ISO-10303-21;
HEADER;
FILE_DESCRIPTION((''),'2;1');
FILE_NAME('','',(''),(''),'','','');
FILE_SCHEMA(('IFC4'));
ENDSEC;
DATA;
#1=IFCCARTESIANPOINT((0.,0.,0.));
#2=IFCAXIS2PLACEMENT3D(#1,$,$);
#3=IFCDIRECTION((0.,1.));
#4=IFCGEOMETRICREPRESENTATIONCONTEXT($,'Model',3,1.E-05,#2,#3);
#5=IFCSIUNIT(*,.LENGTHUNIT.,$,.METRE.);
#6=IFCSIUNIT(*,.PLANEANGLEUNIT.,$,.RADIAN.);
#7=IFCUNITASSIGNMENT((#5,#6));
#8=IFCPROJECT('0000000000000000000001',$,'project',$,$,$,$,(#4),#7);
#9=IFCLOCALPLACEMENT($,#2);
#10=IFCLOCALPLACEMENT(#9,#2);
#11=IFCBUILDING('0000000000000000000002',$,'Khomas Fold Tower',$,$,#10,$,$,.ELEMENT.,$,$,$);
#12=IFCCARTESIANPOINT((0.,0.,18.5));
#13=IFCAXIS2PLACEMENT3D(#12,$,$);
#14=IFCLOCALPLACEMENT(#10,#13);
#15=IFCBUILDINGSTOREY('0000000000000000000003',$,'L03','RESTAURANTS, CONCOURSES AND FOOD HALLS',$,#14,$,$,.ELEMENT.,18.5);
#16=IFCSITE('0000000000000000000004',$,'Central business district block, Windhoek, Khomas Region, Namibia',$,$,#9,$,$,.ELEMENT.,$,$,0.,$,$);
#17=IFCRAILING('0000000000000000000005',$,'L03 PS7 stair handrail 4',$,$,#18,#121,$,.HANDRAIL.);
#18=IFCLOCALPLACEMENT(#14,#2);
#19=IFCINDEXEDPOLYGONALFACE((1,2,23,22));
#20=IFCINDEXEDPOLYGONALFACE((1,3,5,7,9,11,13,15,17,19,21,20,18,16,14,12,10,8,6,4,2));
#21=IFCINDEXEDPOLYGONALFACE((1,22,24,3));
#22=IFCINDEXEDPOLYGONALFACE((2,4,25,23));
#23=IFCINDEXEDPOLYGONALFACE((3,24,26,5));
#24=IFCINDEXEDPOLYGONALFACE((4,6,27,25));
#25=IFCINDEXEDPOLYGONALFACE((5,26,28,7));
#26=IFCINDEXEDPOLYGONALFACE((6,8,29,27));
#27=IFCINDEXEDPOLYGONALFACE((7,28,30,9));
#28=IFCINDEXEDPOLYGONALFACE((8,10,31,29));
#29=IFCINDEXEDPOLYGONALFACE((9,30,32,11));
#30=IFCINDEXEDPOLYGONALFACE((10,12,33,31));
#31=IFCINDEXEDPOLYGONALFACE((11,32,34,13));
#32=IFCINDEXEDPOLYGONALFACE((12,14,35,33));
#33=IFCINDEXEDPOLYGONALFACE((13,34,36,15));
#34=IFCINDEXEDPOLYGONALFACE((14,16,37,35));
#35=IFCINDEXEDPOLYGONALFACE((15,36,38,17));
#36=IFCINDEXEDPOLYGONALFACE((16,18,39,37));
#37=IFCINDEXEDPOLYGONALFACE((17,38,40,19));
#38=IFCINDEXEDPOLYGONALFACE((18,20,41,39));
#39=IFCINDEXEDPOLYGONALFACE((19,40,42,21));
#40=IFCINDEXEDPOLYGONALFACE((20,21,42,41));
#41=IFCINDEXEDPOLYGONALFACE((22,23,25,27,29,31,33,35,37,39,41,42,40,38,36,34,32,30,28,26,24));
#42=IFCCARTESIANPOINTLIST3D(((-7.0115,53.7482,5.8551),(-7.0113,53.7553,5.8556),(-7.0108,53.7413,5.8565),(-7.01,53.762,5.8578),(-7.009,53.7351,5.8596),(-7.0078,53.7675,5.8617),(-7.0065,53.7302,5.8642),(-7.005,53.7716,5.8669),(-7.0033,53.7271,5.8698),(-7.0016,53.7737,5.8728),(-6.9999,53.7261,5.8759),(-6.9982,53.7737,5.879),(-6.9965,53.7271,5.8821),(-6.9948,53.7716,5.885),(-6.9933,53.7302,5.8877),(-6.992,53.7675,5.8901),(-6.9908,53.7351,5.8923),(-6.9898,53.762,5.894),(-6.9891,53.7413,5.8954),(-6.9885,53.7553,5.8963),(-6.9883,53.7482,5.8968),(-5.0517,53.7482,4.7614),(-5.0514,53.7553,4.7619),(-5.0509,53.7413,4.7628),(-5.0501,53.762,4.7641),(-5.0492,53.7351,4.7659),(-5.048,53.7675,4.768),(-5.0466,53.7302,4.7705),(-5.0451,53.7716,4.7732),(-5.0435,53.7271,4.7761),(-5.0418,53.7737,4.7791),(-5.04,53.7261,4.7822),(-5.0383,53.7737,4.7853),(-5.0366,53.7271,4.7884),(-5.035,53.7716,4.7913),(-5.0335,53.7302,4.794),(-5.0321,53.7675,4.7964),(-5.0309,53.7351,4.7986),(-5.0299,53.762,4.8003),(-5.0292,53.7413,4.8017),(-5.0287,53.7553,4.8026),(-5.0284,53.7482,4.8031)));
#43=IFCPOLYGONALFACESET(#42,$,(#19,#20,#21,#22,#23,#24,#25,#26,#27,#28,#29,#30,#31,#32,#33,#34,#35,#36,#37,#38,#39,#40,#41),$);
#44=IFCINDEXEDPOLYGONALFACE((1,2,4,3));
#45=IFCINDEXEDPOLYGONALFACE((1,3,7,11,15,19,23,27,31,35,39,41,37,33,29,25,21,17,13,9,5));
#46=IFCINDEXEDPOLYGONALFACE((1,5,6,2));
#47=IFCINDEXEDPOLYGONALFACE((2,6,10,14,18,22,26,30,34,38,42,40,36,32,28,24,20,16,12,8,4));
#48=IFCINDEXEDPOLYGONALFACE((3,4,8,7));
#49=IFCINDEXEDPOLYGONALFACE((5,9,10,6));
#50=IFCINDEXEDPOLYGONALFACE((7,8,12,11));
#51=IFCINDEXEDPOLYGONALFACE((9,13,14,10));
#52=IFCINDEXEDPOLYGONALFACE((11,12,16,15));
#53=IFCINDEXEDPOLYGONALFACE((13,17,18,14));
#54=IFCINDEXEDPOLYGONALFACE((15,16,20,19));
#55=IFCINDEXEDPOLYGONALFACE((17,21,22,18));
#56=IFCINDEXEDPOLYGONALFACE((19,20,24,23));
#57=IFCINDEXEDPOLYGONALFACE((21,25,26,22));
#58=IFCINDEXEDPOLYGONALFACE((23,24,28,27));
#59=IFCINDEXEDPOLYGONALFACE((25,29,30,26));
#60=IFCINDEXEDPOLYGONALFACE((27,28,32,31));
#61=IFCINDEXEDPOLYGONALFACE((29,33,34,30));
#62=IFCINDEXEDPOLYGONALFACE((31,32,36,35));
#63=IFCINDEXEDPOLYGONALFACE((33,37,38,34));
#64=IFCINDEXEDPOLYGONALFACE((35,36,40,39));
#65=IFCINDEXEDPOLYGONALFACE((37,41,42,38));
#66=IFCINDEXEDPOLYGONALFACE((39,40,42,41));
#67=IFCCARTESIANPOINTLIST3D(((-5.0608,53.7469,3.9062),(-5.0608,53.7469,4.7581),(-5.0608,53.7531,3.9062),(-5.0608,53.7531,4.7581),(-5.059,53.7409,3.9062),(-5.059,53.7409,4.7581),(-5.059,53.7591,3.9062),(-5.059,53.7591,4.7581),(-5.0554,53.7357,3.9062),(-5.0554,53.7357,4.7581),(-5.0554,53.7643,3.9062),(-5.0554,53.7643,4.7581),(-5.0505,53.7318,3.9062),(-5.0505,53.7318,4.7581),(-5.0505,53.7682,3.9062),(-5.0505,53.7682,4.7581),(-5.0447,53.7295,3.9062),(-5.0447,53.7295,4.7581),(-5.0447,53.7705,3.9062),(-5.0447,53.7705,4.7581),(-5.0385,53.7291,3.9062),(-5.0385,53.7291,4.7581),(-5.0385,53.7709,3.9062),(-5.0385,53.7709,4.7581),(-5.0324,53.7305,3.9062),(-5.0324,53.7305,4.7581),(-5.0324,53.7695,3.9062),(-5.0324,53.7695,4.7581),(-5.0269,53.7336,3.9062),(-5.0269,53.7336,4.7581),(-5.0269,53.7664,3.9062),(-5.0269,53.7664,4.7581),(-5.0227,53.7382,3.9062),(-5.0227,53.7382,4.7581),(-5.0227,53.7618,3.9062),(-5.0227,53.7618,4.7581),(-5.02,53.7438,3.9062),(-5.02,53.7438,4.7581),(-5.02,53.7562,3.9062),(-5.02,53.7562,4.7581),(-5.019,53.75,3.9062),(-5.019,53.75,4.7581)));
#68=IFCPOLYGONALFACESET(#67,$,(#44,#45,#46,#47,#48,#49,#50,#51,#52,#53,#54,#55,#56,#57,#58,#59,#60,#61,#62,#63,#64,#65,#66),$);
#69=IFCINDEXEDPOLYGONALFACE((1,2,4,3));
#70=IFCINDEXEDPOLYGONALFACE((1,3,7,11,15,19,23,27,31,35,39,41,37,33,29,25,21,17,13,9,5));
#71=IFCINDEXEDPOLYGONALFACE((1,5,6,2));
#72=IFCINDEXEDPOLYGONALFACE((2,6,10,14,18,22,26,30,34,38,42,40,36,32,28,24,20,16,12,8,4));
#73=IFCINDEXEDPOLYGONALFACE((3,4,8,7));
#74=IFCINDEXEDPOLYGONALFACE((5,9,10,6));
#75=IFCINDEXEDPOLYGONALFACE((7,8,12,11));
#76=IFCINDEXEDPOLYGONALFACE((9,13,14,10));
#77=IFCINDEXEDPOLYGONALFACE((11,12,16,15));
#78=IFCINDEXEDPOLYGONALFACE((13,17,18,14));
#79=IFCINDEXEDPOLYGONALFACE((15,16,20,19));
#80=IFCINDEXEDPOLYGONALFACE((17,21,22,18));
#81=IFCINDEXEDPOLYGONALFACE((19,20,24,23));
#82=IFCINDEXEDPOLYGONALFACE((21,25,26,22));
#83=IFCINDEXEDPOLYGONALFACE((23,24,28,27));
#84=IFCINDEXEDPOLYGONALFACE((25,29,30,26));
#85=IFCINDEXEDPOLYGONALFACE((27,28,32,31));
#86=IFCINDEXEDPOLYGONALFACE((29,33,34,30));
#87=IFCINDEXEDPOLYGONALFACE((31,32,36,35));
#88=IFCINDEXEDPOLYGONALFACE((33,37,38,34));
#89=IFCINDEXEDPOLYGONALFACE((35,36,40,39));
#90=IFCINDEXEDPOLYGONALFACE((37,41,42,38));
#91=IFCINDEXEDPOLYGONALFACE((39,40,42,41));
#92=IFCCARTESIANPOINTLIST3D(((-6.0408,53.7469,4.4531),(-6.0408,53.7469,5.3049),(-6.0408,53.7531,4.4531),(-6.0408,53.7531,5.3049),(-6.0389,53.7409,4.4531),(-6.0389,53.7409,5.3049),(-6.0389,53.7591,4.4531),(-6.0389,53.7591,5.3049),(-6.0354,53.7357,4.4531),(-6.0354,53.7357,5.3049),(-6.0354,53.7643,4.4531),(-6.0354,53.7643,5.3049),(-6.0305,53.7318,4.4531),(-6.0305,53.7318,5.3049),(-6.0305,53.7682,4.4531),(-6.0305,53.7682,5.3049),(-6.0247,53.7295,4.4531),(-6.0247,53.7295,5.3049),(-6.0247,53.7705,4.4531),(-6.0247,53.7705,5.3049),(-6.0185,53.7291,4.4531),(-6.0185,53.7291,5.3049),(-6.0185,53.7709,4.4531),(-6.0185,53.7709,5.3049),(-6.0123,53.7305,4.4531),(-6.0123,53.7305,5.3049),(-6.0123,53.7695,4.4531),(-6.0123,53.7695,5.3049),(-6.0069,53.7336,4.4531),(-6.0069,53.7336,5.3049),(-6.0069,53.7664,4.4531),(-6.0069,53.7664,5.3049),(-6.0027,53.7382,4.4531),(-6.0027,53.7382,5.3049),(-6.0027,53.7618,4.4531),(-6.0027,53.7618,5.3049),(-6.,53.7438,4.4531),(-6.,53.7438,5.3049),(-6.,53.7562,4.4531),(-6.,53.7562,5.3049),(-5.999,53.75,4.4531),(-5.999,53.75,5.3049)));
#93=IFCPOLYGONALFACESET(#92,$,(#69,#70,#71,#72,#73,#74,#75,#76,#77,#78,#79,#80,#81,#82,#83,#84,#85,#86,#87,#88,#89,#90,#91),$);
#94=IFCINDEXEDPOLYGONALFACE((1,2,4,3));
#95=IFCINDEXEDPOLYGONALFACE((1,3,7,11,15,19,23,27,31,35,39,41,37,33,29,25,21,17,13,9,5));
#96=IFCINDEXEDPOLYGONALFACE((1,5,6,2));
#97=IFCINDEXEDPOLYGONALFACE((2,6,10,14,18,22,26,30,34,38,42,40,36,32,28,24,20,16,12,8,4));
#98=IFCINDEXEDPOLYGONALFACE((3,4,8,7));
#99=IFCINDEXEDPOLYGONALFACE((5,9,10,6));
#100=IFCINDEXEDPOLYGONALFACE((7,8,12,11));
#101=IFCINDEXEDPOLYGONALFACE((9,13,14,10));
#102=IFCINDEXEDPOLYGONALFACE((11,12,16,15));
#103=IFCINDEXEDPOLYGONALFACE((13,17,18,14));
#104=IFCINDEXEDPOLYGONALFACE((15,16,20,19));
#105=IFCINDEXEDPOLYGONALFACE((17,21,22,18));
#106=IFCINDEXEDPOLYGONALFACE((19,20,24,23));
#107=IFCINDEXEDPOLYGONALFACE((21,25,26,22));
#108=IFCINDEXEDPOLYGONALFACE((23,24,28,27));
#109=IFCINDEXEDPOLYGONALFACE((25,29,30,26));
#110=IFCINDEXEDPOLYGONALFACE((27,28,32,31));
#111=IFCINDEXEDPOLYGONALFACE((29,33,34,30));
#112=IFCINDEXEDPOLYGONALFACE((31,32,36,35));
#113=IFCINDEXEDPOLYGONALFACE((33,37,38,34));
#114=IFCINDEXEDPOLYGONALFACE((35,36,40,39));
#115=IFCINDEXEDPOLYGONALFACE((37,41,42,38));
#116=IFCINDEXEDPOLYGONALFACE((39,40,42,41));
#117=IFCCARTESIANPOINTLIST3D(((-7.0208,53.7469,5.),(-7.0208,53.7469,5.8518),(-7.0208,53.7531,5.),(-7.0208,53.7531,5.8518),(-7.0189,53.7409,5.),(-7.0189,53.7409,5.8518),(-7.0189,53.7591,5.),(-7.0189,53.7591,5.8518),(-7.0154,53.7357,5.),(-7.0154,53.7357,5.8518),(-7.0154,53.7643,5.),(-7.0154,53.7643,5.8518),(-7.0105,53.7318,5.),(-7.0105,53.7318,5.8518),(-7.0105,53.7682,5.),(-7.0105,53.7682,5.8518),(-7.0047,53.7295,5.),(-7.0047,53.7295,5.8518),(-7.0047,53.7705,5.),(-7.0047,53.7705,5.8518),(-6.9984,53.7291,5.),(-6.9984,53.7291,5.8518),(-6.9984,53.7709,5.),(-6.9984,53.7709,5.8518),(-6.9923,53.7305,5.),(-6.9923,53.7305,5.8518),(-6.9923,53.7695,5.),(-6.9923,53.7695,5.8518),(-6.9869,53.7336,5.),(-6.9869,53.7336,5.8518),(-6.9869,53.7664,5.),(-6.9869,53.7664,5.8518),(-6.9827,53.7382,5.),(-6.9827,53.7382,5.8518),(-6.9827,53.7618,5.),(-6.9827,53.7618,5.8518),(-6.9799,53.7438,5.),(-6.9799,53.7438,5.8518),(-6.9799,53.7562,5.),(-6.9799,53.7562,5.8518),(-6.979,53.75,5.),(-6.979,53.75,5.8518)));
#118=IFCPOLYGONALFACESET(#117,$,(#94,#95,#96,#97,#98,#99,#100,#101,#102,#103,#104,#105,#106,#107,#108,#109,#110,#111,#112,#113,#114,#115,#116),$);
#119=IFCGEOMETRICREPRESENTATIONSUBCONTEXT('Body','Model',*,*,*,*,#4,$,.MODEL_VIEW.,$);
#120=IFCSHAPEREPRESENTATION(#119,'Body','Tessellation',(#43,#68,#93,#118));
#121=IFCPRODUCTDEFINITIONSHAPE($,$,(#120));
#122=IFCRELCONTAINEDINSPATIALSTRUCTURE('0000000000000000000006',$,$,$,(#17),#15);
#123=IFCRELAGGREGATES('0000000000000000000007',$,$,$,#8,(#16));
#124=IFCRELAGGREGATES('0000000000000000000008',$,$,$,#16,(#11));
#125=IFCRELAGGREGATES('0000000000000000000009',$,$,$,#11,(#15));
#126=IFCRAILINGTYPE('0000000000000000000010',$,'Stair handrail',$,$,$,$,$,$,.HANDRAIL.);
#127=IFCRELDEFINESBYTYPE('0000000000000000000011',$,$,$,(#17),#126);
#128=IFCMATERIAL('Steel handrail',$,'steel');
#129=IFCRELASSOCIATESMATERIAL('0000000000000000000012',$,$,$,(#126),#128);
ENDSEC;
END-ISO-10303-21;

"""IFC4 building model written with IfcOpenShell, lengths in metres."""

from ifc_helpers import new_model, si_unit, direction, frame, origin, origin_2d, place, context, subcontext, project, spatial, circle, extrude, source, transform, mapped, material, type_object, element, save


model = new_model("IFC4")

# Units and contexts
model_context = context("Model", 3, precision=1e-05, world=origin(), true_north=direction((0.0, 1.0)))
body_context = subcontext(model_context, "Body", "Model", "MODEL_VIEW")
ifc_project = project(units=[si_unit("LENGTHUNIT", "METRE"), si_unit("PLANEANGLEUNIT", "RADIAN")], contexts=[model_context])

# Site, building, storey
site_placement = place(None, origin())
site = spatial("IfcSite", under=ifc_project, at=site_placement, Name="Central business district block, Windhoek, Khomas Region, Namibia", CompositionType="ELEMENT", RefElevation=0.0)
building_placement = place(site_placement, origin())
building = spatial("IfcBuilding", under=site, at=building_placement, Name="Khomas Fold Tower", CompositionType="ELEMENT")
storey_placement = place(building_placement, frame((0.0, 0.0, 18.5)))
storey = spatial("IfcBuildingStorey", under=building, at=storey_placement, Name="L03", Description="RESTAURANTS, CONCOURSES AND FOOD HALLS", CompositionType="ELEMENT", Elevation=18.5)

# Railing
ifc_material_1 = material(Name="Steel handrail", Category="steel")
railing_type_1 = type_object("IfcRailingType", Name="Stair handrail", PredefinedType="HANDRAIL", material=ifc_material_1)
shared_shape_1 = source(origin(), body_context, "Body", "SweptSolid", [
    extrude(circle(Radius=0.0239, at=origin_2d()), frame((0.0, 0.0, 0.876), z_axis=(-0.873232, 0.0, 0.487304), x_axis=(0.0, -1.0, 0.0)), (0.0, 0.0, 1.0), 2.2444),
    extrude(circle(Radius=0.021, at=origin_2d()), origin(), (0.0, 0.0, 1.0), 0.8518),
    extrude(circle(Radius=0.021, at=origin_2d()), frame((-0.98, 0.0, 0.5469)), (0.0, 0.0, 1.0), 0.8518),
    extrude(circle(Radius=0.021, at=origin_2d()), frame((-1.96, 0.0, 1.0938)), (0.0, 0.0, 1.0), 0.8518),
])
for number, where, name in (
    (1, (-5.04, 53.75, 3.9062), "L03 PS7 stair handrail 4"),
):
    element("IfcRailing", number, at=place(storey_placement, frame(where)), inside=storey, type_object=railing_type_1, Name=name, PredefinedType="HANDRAIL", context=body_context, shape_type="MappedRepresentation", body=[
        mapped(shared_shape_1, transform((0.0, 0.0, 0.0))),
    ])

save(model, "model.ifc")
